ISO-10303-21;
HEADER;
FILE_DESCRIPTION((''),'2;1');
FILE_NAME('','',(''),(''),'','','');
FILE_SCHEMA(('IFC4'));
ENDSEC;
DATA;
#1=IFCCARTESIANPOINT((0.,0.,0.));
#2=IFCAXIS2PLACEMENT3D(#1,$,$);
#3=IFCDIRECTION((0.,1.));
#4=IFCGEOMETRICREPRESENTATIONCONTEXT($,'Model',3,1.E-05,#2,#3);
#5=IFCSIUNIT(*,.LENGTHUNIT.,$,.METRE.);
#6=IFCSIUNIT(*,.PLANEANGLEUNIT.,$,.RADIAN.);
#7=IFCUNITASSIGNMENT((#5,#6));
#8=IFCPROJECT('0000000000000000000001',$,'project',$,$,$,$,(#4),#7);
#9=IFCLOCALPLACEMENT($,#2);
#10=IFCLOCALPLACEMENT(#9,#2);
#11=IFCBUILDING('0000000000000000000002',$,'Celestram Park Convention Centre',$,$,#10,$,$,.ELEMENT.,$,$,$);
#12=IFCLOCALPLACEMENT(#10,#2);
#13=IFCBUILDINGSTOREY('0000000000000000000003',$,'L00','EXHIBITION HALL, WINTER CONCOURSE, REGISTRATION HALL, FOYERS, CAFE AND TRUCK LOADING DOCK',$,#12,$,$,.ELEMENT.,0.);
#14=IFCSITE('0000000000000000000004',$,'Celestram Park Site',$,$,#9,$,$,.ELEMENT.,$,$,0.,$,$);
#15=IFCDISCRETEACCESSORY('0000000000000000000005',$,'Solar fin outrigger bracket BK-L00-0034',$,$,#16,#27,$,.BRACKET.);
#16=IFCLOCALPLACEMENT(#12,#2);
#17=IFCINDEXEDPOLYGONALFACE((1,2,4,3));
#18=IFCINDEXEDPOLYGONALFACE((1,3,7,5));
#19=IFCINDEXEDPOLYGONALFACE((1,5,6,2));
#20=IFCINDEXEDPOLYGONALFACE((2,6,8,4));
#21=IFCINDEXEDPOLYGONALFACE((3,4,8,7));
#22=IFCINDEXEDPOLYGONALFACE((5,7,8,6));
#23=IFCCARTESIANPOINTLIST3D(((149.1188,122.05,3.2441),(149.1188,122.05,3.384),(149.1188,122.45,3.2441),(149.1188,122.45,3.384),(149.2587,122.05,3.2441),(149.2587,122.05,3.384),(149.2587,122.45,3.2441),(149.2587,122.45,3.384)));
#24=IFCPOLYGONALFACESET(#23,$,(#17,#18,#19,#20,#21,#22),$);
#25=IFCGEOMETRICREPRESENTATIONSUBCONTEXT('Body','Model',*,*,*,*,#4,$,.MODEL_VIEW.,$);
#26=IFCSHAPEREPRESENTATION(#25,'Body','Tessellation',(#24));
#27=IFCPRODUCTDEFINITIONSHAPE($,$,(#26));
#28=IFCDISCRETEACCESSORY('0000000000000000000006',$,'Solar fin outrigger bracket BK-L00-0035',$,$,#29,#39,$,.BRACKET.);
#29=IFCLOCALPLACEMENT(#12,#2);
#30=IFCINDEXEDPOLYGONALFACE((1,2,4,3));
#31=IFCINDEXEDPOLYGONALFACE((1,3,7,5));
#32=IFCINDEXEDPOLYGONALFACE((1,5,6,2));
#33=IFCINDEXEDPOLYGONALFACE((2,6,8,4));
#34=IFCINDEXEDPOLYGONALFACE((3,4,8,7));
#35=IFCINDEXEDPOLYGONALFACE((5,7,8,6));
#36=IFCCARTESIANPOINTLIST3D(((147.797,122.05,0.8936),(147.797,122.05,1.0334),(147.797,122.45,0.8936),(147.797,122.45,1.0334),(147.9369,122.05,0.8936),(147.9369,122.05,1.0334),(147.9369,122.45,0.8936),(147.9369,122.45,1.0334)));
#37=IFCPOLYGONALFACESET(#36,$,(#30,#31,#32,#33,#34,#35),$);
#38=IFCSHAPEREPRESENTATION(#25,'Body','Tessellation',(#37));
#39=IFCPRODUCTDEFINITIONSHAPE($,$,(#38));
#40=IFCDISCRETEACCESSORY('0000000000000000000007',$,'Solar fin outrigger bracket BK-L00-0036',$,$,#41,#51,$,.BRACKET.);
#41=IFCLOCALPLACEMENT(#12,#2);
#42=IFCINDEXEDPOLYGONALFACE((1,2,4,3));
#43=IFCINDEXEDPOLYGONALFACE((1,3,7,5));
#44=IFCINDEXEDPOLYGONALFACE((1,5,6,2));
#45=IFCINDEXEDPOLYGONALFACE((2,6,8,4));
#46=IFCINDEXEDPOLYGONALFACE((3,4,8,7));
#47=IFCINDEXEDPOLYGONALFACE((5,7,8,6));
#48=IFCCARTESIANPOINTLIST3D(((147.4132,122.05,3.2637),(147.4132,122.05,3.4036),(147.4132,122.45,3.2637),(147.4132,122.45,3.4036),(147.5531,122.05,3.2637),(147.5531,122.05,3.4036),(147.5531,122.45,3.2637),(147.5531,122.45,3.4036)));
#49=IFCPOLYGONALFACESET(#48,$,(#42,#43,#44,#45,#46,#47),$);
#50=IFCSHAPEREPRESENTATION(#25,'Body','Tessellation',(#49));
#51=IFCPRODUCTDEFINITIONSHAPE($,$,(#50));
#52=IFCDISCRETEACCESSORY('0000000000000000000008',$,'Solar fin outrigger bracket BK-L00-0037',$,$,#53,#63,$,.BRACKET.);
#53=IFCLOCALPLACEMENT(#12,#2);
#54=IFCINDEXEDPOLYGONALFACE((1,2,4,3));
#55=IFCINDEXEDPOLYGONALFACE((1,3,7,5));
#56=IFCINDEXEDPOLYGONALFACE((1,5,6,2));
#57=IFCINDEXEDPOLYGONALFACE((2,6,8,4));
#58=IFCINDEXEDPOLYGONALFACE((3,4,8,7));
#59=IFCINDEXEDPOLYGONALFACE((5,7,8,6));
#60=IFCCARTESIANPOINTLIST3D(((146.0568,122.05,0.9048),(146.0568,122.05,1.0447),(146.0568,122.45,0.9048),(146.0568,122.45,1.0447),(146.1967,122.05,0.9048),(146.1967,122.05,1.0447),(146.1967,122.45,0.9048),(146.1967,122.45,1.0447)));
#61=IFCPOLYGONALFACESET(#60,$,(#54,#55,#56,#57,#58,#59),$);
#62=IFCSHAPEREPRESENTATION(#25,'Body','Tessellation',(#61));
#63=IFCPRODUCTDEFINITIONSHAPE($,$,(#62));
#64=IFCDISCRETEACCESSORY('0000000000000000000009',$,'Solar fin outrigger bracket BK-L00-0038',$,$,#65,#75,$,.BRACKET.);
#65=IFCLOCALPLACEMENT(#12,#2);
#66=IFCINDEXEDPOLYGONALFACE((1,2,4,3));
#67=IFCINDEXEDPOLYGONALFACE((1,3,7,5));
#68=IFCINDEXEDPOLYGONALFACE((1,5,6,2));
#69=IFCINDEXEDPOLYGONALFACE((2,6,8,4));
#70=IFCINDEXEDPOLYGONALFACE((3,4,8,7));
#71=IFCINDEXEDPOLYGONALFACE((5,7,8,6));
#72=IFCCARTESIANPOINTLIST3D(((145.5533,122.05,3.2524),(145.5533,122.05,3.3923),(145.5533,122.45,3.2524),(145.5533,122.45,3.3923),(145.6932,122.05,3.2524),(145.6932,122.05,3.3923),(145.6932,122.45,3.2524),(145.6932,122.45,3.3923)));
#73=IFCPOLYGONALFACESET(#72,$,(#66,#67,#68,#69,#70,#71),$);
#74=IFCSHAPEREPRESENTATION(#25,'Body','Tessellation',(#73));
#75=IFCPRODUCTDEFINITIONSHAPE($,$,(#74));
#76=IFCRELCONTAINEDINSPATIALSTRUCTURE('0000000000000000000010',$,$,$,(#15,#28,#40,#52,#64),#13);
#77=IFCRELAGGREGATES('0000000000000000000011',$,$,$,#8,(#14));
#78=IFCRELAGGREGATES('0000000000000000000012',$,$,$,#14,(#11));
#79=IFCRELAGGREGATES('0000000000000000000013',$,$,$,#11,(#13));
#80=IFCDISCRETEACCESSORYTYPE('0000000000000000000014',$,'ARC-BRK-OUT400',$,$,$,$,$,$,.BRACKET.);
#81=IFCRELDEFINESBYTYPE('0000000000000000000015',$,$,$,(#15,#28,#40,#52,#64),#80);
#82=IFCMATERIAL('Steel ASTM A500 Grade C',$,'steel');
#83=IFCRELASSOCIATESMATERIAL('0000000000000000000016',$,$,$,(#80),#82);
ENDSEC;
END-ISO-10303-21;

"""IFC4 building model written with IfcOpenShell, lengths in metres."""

from ifc_helpers import new_model, si_unit, direction, frame, origin, origin_2d, place, context, subcontext, project, spatial, rectangle, extrude, material, type_object, element, save


model = new_model("IFC4")

# Units and contexts
model_context = context("Model", 3, precision=1e-05, world=origin(), true_north=direction((0.0, 1.0)))
body_context = subcontext(model_context, "Body", "Model", "MODEL_VIEW")
ifc_project = project(units=[si_unit("LENGTHUNIT", "METRE"), si_unit("PLANEANGLEUNIT", "RADIAN")], contexts=[model_context])

# Site, building, storey
site_placement = place(None, origin())
site = spatial("IfcSite", under=ifc_project, at=site_placement, Name="Celestram Park Site", CompositionType="ELEMENT", RefElevation=0.0)
building_placement = place(site_placement, origin())
building = spatial("IfcBuilding", under=site, at=building_placement, Name="Celestram Park Convention Centre", CompositionType="ELEMENT")
storey_placement = place(building_placement, origin())
storey = spatial("IfcBuildingStorey", under=building, at=storey_placement, Name="L00", Description="EXHIBITION HALL, WINTER CONCOURSE, REGISTRATION HALL, FOYERS, CAFE AND TRUCK LOADING DOCK", CompositionType="ELEMENT", Elevation=0.0)

# Discrete accessories
ifc_material_1 = material(Name="Steel ASTM A500 Grade C", Category="steel")
discrete_accessory_type = type_object("IfcDiscreteAccessoryType", Name="ARC-BRK-OUT400", PredefinedType="BRACKET", material=ifc_material_1)
for number, where, z_axis, x_axis, name in (
    (1, (149.1887, 122.25, 3.2441), (0.0, 0.0, 1.0), (0.0, -1.0, 0.0), "Solar fin outrigger bracket BK-L00-0034"),
    (2, (147.8669, 122.25, 0.8936), (0.0, 0.0, 1.0), (0.0, -1.0, 0.0), "Solar fin outrigger bracket BK-L00-0035"),
    (3, (147.4832, 122.25, 3.2637), (0.0, 0.0, 1.0), (0.0, -1.0, 0.0), "Solar fin outrigger bracket BK-L00-0036"),
    (4, (146.1267, 122.25, 0.9048), (0.0, 0.0, 1.0), (0.0, -1.0, 0.0), "Solar fin outrigger bracket BK-L00-0037"),
    (5, (145.6233, 122.25, 3.2524), (0.0, 0.0, 1.0), (0.0, -1.0, 0.0), "Solar fin outrigger bracket BK-L00-0038"),
):
    element("IfcDiscreteAccessory", number, at=place(storey_placement, frame(where, z_axis=z_axis, x_axis=x_axis)), inside=storey, type_object=discrete_accessory_type, Name=name, PredefinedType="BRACKET", context=body_context, shape_type="SweptSolid", body=[
        extrude(rectangle(XDim=0.3999, YDim=0.1399, at=origin_2d()), origin(), (0.0, 0.0, 1.0), 0.1399),
    ])

save(model, "model.ifc")
